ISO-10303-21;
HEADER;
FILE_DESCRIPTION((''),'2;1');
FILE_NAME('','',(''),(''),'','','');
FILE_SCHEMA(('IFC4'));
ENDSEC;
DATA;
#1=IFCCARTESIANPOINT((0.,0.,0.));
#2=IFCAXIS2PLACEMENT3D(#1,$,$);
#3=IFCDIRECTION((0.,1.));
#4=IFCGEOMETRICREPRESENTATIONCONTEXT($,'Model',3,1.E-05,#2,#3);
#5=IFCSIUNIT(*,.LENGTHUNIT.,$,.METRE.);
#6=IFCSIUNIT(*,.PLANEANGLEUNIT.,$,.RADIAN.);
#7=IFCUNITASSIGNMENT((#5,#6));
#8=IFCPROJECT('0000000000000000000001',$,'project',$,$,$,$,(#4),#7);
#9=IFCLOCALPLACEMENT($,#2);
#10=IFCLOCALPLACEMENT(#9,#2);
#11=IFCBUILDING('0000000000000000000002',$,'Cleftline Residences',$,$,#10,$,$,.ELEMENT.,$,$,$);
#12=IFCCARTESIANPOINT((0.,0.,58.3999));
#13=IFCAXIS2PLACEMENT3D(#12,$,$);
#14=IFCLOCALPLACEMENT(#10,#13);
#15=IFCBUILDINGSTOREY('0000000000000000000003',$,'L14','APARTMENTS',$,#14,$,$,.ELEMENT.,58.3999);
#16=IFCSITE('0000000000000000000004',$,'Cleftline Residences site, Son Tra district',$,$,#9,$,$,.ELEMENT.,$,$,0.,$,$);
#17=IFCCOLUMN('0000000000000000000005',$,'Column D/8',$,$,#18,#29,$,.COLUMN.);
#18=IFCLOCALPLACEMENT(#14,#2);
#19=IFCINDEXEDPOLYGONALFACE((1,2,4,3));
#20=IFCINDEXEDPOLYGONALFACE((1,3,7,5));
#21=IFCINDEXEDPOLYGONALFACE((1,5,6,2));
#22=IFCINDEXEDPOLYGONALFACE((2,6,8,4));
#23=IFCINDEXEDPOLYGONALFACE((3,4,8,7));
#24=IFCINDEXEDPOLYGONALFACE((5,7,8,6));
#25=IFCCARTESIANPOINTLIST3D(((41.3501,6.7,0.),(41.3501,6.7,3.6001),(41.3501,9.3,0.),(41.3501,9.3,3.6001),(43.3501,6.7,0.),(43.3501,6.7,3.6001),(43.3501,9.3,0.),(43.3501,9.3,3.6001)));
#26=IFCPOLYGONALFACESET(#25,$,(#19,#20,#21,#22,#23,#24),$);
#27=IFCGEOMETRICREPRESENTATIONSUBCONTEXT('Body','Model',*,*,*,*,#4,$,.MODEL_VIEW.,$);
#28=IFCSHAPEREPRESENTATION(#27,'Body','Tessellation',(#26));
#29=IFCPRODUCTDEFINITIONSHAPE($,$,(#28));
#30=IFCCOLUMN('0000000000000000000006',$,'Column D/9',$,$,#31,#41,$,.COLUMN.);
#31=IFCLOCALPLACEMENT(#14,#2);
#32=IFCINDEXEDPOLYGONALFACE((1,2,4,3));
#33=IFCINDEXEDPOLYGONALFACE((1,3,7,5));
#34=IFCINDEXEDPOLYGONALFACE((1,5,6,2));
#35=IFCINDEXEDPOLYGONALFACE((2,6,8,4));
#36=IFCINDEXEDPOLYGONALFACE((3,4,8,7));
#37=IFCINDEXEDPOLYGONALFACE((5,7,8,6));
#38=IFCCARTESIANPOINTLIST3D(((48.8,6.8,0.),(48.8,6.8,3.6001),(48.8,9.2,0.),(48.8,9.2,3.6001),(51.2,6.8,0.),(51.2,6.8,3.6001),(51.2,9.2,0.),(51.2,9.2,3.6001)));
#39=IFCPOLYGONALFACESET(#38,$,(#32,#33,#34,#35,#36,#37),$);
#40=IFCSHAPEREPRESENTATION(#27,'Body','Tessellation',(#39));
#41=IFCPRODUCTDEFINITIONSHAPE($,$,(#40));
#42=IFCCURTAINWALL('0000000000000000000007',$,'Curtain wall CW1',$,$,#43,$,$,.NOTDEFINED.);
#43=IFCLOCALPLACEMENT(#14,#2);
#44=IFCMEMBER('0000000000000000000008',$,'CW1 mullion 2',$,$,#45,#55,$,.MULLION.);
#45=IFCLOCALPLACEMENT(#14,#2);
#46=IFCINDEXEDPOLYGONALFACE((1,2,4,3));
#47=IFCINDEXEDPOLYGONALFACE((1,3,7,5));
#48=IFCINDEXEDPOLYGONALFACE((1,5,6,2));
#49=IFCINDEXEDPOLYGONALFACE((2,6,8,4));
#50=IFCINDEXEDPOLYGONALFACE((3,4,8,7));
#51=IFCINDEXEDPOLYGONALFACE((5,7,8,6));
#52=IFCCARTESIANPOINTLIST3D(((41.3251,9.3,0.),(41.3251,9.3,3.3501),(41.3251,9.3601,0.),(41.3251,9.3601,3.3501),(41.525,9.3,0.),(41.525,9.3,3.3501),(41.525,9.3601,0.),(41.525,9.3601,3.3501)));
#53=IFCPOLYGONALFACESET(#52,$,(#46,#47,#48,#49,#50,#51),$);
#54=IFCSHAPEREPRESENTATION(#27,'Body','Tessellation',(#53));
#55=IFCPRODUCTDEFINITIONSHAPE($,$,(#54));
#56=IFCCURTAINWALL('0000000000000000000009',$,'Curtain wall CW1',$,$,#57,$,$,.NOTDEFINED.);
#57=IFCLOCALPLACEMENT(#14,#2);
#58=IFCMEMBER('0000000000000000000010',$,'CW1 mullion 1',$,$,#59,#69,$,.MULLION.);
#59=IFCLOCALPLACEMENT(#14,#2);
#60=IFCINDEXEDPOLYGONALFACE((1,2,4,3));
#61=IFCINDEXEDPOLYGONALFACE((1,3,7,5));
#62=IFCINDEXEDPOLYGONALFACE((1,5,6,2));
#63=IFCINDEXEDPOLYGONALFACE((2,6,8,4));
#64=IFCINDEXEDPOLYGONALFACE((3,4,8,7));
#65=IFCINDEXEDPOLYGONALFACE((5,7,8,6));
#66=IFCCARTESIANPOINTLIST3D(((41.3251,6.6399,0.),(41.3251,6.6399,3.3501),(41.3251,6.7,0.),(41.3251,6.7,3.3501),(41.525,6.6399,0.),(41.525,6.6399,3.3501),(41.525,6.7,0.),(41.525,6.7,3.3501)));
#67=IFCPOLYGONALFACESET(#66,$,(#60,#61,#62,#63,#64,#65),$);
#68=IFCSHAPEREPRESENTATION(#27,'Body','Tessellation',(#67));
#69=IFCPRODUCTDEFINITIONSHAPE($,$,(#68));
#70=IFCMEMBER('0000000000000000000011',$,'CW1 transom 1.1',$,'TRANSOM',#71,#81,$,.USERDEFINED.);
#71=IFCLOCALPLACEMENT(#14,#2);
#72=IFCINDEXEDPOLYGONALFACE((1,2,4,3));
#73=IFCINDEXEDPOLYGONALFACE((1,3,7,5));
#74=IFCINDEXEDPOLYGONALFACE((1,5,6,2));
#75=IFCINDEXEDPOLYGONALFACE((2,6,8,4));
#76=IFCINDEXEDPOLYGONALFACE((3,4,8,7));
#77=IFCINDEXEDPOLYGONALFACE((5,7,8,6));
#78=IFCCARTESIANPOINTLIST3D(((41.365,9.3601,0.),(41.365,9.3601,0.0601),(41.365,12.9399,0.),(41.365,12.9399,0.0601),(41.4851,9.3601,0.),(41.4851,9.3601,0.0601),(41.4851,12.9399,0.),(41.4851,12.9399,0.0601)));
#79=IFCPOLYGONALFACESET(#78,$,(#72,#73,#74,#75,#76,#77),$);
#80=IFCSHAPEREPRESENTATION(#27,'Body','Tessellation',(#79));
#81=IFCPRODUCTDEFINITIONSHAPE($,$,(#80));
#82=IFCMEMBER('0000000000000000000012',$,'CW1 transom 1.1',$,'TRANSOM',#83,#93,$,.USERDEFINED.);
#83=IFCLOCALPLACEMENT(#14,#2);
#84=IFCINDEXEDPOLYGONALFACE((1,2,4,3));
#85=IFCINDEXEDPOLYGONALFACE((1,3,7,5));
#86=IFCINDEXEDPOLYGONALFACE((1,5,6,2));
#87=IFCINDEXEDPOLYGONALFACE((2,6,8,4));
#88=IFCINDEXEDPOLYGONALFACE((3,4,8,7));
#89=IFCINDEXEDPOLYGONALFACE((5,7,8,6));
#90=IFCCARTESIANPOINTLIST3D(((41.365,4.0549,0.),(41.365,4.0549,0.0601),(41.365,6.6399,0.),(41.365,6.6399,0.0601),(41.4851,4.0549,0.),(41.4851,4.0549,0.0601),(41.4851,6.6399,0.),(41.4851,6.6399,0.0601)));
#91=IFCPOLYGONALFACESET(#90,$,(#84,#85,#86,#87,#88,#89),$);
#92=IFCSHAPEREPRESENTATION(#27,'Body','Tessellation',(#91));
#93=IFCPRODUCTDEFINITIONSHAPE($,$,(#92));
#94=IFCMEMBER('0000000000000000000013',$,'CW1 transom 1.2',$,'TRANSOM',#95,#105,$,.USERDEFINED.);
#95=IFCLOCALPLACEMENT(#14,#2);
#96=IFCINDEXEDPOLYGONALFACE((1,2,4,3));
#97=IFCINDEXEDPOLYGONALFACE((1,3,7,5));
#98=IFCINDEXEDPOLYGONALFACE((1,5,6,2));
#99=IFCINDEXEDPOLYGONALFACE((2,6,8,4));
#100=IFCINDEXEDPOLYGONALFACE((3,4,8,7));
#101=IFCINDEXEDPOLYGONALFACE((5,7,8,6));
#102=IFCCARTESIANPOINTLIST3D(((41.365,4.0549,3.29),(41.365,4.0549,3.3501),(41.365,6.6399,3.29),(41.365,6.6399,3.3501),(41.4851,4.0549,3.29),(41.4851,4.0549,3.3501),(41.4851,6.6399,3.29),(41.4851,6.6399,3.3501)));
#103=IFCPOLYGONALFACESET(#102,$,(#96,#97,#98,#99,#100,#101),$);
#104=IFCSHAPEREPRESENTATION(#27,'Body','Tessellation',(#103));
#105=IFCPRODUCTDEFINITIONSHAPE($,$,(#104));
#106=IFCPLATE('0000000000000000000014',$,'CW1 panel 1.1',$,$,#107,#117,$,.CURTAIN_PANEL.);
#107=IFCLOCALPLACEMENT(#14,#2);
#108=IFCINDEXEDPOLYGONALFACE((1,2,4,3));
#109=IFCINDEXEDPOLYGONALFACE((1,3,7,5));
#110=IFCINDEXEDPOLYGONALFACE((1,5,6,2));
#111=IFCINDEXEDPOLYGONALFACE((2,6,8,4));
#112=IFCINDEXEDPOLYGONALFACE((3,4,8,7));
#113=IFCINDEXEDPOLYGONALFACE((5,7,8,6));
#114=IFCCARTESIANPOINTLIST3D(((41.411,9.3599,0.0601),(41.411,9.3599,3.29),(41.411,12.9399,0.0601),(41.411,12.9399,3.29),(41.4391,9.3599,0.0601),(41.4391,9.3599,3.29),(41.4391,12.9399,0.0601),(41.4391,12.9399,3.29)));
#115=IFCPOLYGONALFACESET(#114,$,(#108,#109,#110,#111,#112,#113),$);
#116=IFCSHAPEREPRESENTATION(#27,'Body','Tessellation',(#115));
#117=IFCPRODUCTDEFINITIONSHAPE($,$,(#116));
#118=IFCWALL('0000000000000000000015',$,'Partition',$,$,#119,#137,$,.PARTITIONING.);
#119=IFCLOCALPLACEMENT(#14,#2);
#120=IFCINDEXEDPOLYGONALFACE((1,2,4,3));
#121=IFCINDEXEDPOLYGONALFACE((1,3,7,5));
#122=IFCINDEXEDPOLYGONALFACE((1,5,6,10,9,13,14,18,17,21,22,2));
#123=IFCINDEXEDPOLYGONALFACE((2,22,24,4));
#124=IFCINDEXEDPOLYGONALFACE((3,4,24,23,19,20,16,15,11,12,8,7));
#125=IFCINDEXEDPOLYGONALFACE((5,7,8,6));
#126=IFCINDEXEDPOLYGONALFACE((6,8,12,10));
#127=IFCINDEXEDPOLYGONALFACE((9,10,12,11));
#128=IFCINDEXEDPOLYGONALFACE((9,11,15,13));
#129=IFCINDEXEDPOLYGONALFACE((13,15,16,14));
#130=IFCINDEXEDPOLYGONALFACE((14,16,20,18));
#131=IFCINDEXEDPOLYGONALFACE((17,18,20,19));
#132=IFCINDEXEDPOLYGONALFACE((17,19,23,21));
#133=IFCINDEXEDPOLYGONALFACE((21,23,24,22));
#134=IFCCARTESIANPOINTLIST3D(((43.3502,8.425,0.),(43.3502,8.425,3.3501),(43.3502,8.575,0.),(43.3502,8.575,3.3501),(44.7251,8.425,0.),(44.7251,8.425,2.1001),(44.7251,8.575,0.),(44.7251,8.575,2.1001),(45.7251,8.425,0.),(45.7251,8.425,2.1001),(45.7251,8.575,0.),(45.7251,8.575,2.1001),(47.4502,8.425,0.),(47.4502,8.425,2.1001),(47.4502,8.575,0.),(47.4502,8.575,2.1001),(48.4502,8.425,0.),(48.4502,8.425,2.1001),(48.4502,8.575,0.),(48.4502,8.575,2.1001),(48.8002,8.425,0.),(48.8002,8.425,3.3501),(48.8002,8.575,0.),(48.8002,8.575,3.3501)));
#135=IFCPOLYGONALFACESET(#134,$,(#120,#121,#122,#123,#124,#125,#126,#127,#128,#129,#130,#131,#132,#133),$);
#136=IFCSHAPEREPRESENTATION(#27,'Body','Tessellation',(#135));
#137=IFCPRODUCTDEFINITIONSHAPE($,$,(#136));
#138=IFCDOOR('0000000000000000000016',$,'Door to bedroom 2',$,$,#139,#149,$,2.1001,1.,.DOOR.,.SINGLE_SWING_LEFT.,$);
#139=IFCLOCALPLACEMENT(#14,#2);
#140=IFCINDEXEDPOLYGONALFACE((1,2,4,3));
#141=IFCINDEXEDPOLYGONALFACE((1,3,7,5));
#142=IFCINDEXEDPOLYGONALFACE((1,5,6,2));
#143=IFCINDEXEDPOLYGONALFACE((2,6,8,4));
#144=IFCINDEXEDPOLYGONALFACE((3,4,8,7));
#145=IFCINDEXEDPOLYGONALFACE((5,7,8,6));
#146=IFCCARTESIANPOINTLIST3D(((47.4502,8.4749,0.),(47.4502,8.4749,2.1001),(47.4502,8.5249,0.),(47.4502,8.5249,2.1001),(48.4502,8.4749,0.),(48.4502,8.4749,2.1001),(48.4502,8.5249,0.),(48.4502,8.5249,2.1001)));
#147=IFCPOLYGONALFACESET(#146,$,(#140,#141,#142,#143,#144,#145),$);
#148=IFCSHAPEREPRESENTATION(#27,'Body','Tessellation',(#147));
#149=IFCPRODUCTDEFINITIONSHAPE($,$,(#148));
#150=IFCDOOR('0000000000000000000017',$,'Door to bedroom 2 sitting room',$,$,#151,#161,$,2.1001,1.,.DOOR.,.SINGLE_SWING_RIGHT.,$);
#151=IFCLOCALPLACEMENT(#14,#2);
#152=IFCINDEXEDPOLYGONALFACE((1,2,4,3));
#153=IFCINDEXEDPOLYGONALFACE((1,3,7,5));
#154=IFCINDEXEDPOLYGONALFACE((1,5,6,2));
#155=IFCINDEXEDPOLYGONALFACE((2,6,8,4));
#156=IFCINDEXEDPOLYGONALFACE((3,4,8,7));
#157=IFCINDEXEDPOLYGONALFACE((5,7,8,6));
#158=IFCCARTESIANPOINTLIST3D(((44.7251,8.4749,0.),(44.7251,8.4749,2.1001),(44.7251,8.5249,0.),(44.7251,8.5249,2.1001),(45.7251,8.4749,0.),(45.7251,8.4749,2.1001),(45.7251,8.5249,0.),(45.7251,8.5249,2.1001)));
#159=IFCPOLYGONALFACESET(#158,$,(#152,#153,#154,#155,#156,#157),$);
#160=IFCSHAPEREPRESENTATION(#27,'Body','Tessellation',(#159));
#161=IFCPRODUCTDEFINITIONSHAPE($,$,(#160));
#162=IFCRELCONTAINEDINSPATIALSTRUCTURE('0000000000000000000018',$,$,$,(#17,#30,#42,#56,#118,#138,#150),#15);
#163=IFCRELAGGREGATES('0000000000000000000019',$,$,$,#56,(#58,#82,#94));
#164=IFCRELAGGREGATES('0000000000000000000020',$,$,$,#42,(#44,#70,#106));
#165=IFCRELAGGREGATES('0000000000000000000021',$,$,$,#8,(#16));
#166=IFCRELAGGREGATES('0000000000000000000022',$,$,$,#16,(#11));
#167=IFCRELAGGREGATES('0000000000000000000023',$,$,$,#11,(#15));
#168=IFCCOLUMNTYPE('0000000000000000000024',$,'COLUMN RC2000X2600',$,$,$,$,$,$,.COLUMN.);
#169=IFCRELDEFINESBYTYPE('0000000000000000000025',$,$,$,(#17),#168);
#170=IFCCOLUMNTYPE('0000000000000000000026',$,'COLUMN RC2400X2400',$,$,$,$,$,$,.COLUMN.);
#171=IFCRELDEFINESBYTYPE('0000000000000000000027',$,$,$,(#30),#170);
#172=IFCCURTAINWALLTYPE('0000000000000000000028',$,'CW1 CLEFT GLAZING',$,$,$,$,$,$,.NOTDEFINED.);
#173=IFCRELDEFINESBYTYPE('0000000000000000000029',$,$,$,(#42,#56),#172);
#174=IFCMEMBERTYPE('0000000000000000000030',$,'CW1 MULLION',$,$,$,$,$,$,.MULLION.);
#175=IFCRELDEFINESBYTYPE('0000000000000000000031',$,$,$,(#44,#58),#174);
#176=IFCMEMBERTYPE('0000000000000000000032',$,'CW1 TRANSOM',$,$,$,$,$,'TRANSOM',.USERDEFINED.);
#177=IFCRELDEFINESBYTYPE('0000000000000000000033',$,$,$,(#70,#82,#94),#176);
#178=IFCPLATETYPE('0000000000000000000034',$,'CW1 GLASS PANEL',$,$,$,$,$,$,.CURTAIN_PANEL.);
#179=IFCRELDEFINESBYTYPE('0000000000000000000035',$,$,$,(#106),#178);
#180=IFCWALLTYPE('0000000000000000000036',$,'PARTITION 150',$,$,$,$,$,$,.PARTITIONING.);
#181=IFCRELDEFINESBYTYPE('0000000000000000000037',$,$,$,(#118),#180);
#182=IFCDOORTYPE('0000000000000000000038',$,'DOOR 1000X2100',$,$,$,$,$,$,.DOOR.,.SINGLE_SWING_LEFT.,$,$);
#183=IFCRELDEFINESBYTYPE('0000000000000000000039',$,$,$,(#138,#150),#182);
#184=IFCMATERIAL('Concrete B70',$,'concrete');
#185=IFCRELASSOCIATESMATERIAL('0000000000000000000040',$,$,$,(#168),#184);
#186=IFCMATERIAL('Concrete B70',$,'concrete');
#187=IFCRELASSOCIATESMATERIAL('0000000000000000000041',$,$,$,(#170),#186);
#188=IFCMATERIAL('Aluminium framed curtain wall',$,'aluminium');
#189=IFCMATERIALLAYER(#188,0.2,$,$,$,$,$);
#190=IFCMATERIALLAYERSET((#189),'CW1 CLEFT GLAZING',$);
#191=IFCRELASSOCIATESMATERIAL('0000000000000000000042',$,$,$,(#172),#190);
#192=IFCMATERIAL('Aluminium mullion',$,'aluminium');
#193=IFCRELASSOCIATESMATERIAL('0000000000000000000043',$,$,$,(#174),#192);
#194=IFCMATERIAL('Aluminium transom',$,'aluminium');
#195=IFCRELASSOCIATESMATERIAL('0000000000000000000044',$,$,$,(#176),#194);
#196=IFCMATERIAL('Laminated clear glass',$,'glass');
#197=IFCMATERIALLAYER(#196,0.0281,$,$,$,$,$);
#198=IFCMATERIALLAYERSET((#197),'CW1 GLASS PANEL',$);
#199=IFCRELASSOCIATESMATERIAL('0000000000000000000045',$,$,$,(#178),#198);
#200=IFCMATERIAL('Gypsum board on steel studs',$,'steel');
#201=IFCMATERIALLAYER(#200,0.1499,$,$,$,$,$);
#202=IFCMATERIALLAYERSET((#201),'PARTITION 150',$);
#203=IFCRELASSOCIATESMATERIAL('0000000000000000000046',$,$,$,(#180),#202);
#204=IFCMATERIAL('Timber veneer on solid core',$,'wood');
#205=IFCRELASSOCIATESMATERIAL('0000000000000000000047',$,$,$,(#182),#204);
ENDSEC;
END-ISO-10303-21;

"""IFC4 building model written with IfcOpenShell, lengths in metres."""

from ifc_helpers import new_model, si_unit, direction, frame, frame_2d, origin, origin_2d, place, context, subcontext, project, spatial, rectangle, extrude, material, layer, layer_set, material_profile, profile_set, type_object, element, fill, aggregate, save


model = new_model("IFC4")

# Units and contexts
model_context = context("Model", 3, precision=1e-05, world=origin(), true_north=direction((0.0, 1.0)))
body_context = subcontext(model_context, "Body", "Model", "MODEL_VIEW")
ifc_project = project(units=[si_unit("LENGTHUNIT", "METRE"), si_unit("PLANEANGLEUNIT", "RADIAN")], contexts=[model_context])

# Site, building, storey
site_placement = place(None, origin())
site = spatial("IfcSite", under=ifc_project, at=site_placement, Name="Cleftline Residences site, Son Tra district", CompositionType="ELEMENT", RefElevation=0.0)
building_placement = place(site_placement, origin())
building = spatial("IfcBuilding", under=site, at=building_placement, Name="Cleftline Residences", CompositionType="ELEMENT")
storey_placement = place(building_placement, frame((0.0, 0.0, 58.3999)))
storey = spatial("IfcBuildingStorey", under=building, at=storey_placement, Name="L14", Description="APARTMENTS", CompositionType="ELEMENT", Elevation=58.3999)

# Columns
ifc_material_1 = material(Name="Concrete B70", Category="concrete")
ifc_material_profile_1 = material_profile(ifc_material_1, rectangle(XDim=2.0, YDim=2.6001, at=origin_2d()))
ifc_profile_set_1 = profile_set([ifc_material_profile_1], Name="Concrete B70")
column_type_1 = type_object("IfcColumnType", Name="COLUMN RC2000X2600", PredefinedType="COLUMN", material=ifc_profile_set_1)
column_1_placement = place(storey_placement, frame((42.3501, 8.0, 0.0), z_axis=(0.0, 0.0, 1.0), x_axis=(1.0, 0.0, 0.0)))
element("IfcColumn", 1, at=column_1_placement, inside=storey, type_object=column_type_1, Name="Column D/8", PredefinedType="COLUMN", context=body_context, shape_type="SweptSolid", body=[
    extrude(rectangle(XDim=2.0, YDim=2.6001, at=origin_2d()), origin(), (0.0, 0.0, 1.0), 3.6001),
])
ifc_material_2 = material(Name="Concrete B70", Category="concrete")
ifc_material_profile_2 = material_profile(ifc_material_2, rectangle(XDim=2.3999, YDim=2.3999, at=origin_2d()))
ifc_profile_set_2 = profile_set([ifc_material_profile_2], Name="Concrete B70")
column_type_2 = type_object("IfcColumnType", Name="COLUMN RC2400X2400", PredefinedType="COLUMN", material=ifc_profile_set_2)
column_2_placement = place(storey_placement, frame((50.0, 8.0, 0.0), z_axis=(0.0, 0.0, 1.0), x_axis=(1.0, 0.0, 0.0)))
element("IfcColumn", 2, at=column_2_placement, inside=storey, type_object=column_type_2, Name="Column D/9", PredefinedType="COLUMN", context=body_context, shape_type="SweptSolid", body=[
    extrude(rectangle(XDim=2.3999, YDim=2.3999, at=origin_2d()), origin(), (0.0, 0.0, 1.0), 3.6001),
])

# Curtain walls, members
ifc_material_3 = material(Name="Aluminium framed curtain wall", Category="aluminium")
ifc_layer_1 = layer(ifc_material_3, 0.2)
ifc_layer_set_1 = layer_set([ifc_layer_1], Name="CW1 CLEFT GLAZING")
curtain_wall_type = type_object("IfcCurtainWallType", Name="CW1 CLEFT GLAZING", PredefinedType="NOTDEFINED", material=ifc_layer_set_1)
curtain_wall_1_placement = place(storey_placement, origin())
curtain_wall_1 = element("IfcCurtainWall", 3, at=curtain_wall_1_placement, inside=storey, type_object=curtain_wall_type, Name="Curtain wall CW1", PredefinedType="NOTDEFINED")
ifc_material_4 = material(Name="Aluminium mullion", Category="aluminium")
ifc_material_profile_3 = material_profile(ifc_material_4, rectangle(XDim=0.2, YDim=0.0601, at=origin_2d()))
ifc_profile_set_3 = profile_set([ifc_material_profile_3], Name="Aluminium mullion")
member_type_1 = type_object("IfcMemberType", Name="CW1 MULLION", PredefinedType="MULLION", material=ifc_profile_set_3)
member_1_placement = place(storey_placement, frame((41.425, 9.3301, 0.0), z_axis=(0.0, 0.0, 1.0), x_axis=(1.0, 0.0, 0.0)))
member_1 = element("IfcMember", 4, at=member_1_placement, type_object=member_type_1, Name="CW1 mullion 2", PredefinedType="MULLION", context=body_context, shape_type="SweptSolid", body=[
    extrude(rectangle(XDim=0.2, YDim=0.0601, at=origin_2d()), origin(), (0.0, 0.0, 1.0), 3.3501),
])
curtain_wall_2_placement = place(storey_placement, origin())
curtain_wall_2 = element("IfcCurtainWall", 5, at=curtain_wall_2_placement, inside=storey, type_object=curtain_wall_type, Name="Curtain wall CW1", PredefinedType="NOTDEFINED")
member_2_placement = place(storey_placement, frame((41.425, 6.6699, 0.0), z_axis=(0.0, 0.0, 1.0), x_axis=(1.0, 0.0, 0.0)))
member_2 = element("IfcMember", 6, at=member_2_placement, type_object=member_type_1, Name="CW1 mullion 1", PredefinedType="MULLION", context=body_context, shape_type="SweptSolid", body=[
    extrude(rectangle(XDim=0.2, YDim=0.0601, at=origin_2d()), origin(), (0.0, 0.0, 1.0), 3.3501),
])

# Members
ifc_material_5 = material(Name="Aluminium transom", Category="aluminium")
ifc_material_profile_4 = material_profile(ifc_material_5, rectangle(XDim=0.1201, YDim=0.0601, at=origin_2d()))
ifc_profile_set_4 = profile_set([ifc_material_profile_4], Name="Aluminium transom")
member_type_2 = type_object("IfcMemberType", Name="CW1 TRANSOM", ElementType="TRANSOM", PredefinedType="USERDEFINED", material=ifc_profile_set_4)
member_3_placement = place(storey_placement, frame((41.425, 12.9399, 0.03), z_axis=(0.0, -1.0, 0.0), x_axis=(1.0, 0.0, 0.0)))
member_3 = element("IfcMember", 7, at=member_3_placement, type_object=member_type_2, Name="CW1 transom 1.1", ObjectType="TRANSOM", PredefinedType="USERDEFINED", context=body_context, shape_type="SweptSolid", body=[
    extrude(rectangle(XDim=0.1201, YDim=0.0601, at=origin_2d()), origin(), (0.0, 0.0, 1.0), 3.5798),
])
member_4_placement = place(storey_placement, frame((41.425, 6.6399, 0.03), z_axis=(0.0, -1.0, 0.0), x_axis=(1.0, 0.0, 0.0)))
member_4 = element("IfcMember", 8, at=member_4_placement, type_object=member_type_2, Name="CW1 transom 1.1", ObjectType="TRANSOM", PredefinedType="USERDEFINED", context=body_context, shape_type="SweptSolid", body=[
    extrude(rectangle(XDim=0.1201, YDim=0.0601, at=origin_2d()), origin(), (0.0, 0.0, 1.0), 2.585),
])
member_5_placement = place(storey_placement, frame((41.425, 6.6399, 3.3201), z_axis=(0.0, -1.0, 0.0), x_axis=(1.0, 0.0, 0.0)))
member_5 = element("IfcMember", 9, at=member_5_placement, type_object=member_type_2, Name="CW1 transom 1.2", ObjectType="TRANSOM", PredefinedType="USERDEFINED", context=body_context, shape_type="SweptSolid", body=[
    extrude(rectangle(XDim=0.1201, YDim=0.0601, at=origin_2d()), origin(), (0.0, 0.0, 1.0), 2.585),
])
aggregate(curtain_wall_2, [member_2, member_4, member_5])

# Plate
ifc_material_6 = material(Name="Laminated clear glass", Category="glass")
ifc_layer_2 = layer(ifc_material_6, 0.0281)
ifc_layer_set_2 = layer_set([ifc_layer_2], Name="CW1 GLASS PANEL")
plate_type = type_object("IfcPlateType", Name="CW1 GLASS PANEL", PredefinedType="CURTAIN_PANEL", material=ifc_layer_set_2)
plate_placement = place(storey_placement, frame((41.425, 11.1499, 0.0601), z_axis=(0.0, 0.0, 1.0), x_axis=(0.0, -1.0, 0.0)))
plate = element("IfcPlate", 10, at=plate_placement, type_object=plate_type, Name="CW1 panel 1.1", PredefinedType="CURTAIN_PANEL", context=body_context, shape_type="SweptSolid", body=[
    extrude(rectangle(XDim=3.5801, YDim=0.0281, at=origin_2d()), origin(), (0.0, 0.0, 1.0), 3.23),
])
aggregate(curtain_wall_1, [member_1, member_3, plate])

# Wall, openings, doors
ifc_material_7 = material(Name="Gypsum board on steel studs", Category="steel")
ifc_layer_3 = layer(ifc_material_7, 0.1499)
ifc_layer_set_3 = layer_set([ifc_layer_3], Name="PARTITION 150")
wall_type = type_object("IfcWallType", Name="PARTITION 150", PredefinedType="PARTITIONING", material=ifc_layer_set_3)
wall_1_placement = place(storey_placement, frame((43.3501, 8.5, 0.0), z_axis=(0.0, 0.0, 1.0), x_axis=(1.0, 0.0, 0.0)))
wall_1 = element("IfcWall", 11, at=wall_1_placement, inside=storey, type_object=wall_type, Name="Partition", PredefinedType="PARTITIONING", context=body_context, shape_type="SweptSolid", body=[
    extrude(rectangle(XDim=5.45, YDim=0.1499, at=frame_2d((2.7251, 0.0))), origin(), (0.0, 0.0, 1.0), 3.3501),
])
opening_1_placement = place(wall_1_placement, frame((4.1001, 0.0, 0.0)))
opening_1 = element("IfcOpeningElement", 12, at=opening_1_placement, cuts=wall_1, PredefinedType="OPENING", context=body_context, shape_type="SweptSolid", body=[
    extrude(rectangle(XDim=1.0, YDim=2.1001, at=frame_2d((0.5, 1.05))), frame((0.0, 0.085, 0.0), z_axis=(0.0, -1.0, 0.0), x_axis=(1.0, 0.0, 0.0)), (0.0, 0.0, 1.0), 0.1699),
])
opening_2_placement = place(wall_1_placement, frame((1.375, 0.0, 0.0)))
opening_2 = element("IfcOpeningElement", 13, at=opening_2_placement, cuts=wall_1, PredefinedType="OPENING", context=body_context, shape_type="SweptSolid", body=[
    extrude(rectangle(XDim=1.0, YDim=2.1001, at=frame_2d((0.5, 1.05))), frame((0.0, 0.085, 0.0), z_axis=(0.0, -1.0, 0.0), x_axis=(1.0, 0.0, 0.0)), (0.0, 0.0, 1.0), 0.1699),
])
ifc_material_8 = material(Name="Timber veneer on solid core", Category="wood")
door_type_1 = type_object("IfcDoorType", Name="DOOR 1000X2100", OperationType="SINGLE_SWING_LEFT", PredefinedType="DOOR", material=ifc_material_8)
door_1_placement = place(opening_1_placement, origin())
door_1 = element("IfcDoor", 14, at=door_1_placement, inside=storey, type_object=door_type_1, Name="Door to bedroom 2", OperationType="SINGLE_SWING_LEFT", OverallHeight=2.1001, OverallWidth=1.0, PredefinedType="DOOR", context=body_context, shape_type="SweptSolid", body=[
    extrude(rectangle(XDim=1.0, YDim=2.1001, at=frame_2d((0.5, 1.05))), frame((0.0, 0.0249, 0.0), z_axis=(0.0, -1.0, 0.0), x_axis=(1.0, 0.0, 0.0)), (0.0, 0.0, 1.0), 0.05),
])
fill(opening_1, door_1)
door_2_placement = place(opening_2_placement, origin())
door_2 = element("IfcDoor", 15, at=door_2_placement, inside=storey, type_object=door_type_1, Name="Door to bedroom 2 sitting room", OperationType="SINGLE_SWING_RIGHT", OverallHeight=2.1001, OverallWidth=1.0, PredefinedType="DOOR", context=body_context, shape_type="SweptSolid", body=[
    extrude(rectangle(XDim=1.0, YDim=2.1001, at=frame_2d((0.5, 1.05))), frame((0.0, 0.0249, 0.0), z_axis=(0.0, -1.0, 0.0), x_axis=(1.0, 0.0, 0.0)), (0.0, 0.0, 1.0), 0.05),
])
fill(opening_2, door_2)

save(model, "model.ifc")
